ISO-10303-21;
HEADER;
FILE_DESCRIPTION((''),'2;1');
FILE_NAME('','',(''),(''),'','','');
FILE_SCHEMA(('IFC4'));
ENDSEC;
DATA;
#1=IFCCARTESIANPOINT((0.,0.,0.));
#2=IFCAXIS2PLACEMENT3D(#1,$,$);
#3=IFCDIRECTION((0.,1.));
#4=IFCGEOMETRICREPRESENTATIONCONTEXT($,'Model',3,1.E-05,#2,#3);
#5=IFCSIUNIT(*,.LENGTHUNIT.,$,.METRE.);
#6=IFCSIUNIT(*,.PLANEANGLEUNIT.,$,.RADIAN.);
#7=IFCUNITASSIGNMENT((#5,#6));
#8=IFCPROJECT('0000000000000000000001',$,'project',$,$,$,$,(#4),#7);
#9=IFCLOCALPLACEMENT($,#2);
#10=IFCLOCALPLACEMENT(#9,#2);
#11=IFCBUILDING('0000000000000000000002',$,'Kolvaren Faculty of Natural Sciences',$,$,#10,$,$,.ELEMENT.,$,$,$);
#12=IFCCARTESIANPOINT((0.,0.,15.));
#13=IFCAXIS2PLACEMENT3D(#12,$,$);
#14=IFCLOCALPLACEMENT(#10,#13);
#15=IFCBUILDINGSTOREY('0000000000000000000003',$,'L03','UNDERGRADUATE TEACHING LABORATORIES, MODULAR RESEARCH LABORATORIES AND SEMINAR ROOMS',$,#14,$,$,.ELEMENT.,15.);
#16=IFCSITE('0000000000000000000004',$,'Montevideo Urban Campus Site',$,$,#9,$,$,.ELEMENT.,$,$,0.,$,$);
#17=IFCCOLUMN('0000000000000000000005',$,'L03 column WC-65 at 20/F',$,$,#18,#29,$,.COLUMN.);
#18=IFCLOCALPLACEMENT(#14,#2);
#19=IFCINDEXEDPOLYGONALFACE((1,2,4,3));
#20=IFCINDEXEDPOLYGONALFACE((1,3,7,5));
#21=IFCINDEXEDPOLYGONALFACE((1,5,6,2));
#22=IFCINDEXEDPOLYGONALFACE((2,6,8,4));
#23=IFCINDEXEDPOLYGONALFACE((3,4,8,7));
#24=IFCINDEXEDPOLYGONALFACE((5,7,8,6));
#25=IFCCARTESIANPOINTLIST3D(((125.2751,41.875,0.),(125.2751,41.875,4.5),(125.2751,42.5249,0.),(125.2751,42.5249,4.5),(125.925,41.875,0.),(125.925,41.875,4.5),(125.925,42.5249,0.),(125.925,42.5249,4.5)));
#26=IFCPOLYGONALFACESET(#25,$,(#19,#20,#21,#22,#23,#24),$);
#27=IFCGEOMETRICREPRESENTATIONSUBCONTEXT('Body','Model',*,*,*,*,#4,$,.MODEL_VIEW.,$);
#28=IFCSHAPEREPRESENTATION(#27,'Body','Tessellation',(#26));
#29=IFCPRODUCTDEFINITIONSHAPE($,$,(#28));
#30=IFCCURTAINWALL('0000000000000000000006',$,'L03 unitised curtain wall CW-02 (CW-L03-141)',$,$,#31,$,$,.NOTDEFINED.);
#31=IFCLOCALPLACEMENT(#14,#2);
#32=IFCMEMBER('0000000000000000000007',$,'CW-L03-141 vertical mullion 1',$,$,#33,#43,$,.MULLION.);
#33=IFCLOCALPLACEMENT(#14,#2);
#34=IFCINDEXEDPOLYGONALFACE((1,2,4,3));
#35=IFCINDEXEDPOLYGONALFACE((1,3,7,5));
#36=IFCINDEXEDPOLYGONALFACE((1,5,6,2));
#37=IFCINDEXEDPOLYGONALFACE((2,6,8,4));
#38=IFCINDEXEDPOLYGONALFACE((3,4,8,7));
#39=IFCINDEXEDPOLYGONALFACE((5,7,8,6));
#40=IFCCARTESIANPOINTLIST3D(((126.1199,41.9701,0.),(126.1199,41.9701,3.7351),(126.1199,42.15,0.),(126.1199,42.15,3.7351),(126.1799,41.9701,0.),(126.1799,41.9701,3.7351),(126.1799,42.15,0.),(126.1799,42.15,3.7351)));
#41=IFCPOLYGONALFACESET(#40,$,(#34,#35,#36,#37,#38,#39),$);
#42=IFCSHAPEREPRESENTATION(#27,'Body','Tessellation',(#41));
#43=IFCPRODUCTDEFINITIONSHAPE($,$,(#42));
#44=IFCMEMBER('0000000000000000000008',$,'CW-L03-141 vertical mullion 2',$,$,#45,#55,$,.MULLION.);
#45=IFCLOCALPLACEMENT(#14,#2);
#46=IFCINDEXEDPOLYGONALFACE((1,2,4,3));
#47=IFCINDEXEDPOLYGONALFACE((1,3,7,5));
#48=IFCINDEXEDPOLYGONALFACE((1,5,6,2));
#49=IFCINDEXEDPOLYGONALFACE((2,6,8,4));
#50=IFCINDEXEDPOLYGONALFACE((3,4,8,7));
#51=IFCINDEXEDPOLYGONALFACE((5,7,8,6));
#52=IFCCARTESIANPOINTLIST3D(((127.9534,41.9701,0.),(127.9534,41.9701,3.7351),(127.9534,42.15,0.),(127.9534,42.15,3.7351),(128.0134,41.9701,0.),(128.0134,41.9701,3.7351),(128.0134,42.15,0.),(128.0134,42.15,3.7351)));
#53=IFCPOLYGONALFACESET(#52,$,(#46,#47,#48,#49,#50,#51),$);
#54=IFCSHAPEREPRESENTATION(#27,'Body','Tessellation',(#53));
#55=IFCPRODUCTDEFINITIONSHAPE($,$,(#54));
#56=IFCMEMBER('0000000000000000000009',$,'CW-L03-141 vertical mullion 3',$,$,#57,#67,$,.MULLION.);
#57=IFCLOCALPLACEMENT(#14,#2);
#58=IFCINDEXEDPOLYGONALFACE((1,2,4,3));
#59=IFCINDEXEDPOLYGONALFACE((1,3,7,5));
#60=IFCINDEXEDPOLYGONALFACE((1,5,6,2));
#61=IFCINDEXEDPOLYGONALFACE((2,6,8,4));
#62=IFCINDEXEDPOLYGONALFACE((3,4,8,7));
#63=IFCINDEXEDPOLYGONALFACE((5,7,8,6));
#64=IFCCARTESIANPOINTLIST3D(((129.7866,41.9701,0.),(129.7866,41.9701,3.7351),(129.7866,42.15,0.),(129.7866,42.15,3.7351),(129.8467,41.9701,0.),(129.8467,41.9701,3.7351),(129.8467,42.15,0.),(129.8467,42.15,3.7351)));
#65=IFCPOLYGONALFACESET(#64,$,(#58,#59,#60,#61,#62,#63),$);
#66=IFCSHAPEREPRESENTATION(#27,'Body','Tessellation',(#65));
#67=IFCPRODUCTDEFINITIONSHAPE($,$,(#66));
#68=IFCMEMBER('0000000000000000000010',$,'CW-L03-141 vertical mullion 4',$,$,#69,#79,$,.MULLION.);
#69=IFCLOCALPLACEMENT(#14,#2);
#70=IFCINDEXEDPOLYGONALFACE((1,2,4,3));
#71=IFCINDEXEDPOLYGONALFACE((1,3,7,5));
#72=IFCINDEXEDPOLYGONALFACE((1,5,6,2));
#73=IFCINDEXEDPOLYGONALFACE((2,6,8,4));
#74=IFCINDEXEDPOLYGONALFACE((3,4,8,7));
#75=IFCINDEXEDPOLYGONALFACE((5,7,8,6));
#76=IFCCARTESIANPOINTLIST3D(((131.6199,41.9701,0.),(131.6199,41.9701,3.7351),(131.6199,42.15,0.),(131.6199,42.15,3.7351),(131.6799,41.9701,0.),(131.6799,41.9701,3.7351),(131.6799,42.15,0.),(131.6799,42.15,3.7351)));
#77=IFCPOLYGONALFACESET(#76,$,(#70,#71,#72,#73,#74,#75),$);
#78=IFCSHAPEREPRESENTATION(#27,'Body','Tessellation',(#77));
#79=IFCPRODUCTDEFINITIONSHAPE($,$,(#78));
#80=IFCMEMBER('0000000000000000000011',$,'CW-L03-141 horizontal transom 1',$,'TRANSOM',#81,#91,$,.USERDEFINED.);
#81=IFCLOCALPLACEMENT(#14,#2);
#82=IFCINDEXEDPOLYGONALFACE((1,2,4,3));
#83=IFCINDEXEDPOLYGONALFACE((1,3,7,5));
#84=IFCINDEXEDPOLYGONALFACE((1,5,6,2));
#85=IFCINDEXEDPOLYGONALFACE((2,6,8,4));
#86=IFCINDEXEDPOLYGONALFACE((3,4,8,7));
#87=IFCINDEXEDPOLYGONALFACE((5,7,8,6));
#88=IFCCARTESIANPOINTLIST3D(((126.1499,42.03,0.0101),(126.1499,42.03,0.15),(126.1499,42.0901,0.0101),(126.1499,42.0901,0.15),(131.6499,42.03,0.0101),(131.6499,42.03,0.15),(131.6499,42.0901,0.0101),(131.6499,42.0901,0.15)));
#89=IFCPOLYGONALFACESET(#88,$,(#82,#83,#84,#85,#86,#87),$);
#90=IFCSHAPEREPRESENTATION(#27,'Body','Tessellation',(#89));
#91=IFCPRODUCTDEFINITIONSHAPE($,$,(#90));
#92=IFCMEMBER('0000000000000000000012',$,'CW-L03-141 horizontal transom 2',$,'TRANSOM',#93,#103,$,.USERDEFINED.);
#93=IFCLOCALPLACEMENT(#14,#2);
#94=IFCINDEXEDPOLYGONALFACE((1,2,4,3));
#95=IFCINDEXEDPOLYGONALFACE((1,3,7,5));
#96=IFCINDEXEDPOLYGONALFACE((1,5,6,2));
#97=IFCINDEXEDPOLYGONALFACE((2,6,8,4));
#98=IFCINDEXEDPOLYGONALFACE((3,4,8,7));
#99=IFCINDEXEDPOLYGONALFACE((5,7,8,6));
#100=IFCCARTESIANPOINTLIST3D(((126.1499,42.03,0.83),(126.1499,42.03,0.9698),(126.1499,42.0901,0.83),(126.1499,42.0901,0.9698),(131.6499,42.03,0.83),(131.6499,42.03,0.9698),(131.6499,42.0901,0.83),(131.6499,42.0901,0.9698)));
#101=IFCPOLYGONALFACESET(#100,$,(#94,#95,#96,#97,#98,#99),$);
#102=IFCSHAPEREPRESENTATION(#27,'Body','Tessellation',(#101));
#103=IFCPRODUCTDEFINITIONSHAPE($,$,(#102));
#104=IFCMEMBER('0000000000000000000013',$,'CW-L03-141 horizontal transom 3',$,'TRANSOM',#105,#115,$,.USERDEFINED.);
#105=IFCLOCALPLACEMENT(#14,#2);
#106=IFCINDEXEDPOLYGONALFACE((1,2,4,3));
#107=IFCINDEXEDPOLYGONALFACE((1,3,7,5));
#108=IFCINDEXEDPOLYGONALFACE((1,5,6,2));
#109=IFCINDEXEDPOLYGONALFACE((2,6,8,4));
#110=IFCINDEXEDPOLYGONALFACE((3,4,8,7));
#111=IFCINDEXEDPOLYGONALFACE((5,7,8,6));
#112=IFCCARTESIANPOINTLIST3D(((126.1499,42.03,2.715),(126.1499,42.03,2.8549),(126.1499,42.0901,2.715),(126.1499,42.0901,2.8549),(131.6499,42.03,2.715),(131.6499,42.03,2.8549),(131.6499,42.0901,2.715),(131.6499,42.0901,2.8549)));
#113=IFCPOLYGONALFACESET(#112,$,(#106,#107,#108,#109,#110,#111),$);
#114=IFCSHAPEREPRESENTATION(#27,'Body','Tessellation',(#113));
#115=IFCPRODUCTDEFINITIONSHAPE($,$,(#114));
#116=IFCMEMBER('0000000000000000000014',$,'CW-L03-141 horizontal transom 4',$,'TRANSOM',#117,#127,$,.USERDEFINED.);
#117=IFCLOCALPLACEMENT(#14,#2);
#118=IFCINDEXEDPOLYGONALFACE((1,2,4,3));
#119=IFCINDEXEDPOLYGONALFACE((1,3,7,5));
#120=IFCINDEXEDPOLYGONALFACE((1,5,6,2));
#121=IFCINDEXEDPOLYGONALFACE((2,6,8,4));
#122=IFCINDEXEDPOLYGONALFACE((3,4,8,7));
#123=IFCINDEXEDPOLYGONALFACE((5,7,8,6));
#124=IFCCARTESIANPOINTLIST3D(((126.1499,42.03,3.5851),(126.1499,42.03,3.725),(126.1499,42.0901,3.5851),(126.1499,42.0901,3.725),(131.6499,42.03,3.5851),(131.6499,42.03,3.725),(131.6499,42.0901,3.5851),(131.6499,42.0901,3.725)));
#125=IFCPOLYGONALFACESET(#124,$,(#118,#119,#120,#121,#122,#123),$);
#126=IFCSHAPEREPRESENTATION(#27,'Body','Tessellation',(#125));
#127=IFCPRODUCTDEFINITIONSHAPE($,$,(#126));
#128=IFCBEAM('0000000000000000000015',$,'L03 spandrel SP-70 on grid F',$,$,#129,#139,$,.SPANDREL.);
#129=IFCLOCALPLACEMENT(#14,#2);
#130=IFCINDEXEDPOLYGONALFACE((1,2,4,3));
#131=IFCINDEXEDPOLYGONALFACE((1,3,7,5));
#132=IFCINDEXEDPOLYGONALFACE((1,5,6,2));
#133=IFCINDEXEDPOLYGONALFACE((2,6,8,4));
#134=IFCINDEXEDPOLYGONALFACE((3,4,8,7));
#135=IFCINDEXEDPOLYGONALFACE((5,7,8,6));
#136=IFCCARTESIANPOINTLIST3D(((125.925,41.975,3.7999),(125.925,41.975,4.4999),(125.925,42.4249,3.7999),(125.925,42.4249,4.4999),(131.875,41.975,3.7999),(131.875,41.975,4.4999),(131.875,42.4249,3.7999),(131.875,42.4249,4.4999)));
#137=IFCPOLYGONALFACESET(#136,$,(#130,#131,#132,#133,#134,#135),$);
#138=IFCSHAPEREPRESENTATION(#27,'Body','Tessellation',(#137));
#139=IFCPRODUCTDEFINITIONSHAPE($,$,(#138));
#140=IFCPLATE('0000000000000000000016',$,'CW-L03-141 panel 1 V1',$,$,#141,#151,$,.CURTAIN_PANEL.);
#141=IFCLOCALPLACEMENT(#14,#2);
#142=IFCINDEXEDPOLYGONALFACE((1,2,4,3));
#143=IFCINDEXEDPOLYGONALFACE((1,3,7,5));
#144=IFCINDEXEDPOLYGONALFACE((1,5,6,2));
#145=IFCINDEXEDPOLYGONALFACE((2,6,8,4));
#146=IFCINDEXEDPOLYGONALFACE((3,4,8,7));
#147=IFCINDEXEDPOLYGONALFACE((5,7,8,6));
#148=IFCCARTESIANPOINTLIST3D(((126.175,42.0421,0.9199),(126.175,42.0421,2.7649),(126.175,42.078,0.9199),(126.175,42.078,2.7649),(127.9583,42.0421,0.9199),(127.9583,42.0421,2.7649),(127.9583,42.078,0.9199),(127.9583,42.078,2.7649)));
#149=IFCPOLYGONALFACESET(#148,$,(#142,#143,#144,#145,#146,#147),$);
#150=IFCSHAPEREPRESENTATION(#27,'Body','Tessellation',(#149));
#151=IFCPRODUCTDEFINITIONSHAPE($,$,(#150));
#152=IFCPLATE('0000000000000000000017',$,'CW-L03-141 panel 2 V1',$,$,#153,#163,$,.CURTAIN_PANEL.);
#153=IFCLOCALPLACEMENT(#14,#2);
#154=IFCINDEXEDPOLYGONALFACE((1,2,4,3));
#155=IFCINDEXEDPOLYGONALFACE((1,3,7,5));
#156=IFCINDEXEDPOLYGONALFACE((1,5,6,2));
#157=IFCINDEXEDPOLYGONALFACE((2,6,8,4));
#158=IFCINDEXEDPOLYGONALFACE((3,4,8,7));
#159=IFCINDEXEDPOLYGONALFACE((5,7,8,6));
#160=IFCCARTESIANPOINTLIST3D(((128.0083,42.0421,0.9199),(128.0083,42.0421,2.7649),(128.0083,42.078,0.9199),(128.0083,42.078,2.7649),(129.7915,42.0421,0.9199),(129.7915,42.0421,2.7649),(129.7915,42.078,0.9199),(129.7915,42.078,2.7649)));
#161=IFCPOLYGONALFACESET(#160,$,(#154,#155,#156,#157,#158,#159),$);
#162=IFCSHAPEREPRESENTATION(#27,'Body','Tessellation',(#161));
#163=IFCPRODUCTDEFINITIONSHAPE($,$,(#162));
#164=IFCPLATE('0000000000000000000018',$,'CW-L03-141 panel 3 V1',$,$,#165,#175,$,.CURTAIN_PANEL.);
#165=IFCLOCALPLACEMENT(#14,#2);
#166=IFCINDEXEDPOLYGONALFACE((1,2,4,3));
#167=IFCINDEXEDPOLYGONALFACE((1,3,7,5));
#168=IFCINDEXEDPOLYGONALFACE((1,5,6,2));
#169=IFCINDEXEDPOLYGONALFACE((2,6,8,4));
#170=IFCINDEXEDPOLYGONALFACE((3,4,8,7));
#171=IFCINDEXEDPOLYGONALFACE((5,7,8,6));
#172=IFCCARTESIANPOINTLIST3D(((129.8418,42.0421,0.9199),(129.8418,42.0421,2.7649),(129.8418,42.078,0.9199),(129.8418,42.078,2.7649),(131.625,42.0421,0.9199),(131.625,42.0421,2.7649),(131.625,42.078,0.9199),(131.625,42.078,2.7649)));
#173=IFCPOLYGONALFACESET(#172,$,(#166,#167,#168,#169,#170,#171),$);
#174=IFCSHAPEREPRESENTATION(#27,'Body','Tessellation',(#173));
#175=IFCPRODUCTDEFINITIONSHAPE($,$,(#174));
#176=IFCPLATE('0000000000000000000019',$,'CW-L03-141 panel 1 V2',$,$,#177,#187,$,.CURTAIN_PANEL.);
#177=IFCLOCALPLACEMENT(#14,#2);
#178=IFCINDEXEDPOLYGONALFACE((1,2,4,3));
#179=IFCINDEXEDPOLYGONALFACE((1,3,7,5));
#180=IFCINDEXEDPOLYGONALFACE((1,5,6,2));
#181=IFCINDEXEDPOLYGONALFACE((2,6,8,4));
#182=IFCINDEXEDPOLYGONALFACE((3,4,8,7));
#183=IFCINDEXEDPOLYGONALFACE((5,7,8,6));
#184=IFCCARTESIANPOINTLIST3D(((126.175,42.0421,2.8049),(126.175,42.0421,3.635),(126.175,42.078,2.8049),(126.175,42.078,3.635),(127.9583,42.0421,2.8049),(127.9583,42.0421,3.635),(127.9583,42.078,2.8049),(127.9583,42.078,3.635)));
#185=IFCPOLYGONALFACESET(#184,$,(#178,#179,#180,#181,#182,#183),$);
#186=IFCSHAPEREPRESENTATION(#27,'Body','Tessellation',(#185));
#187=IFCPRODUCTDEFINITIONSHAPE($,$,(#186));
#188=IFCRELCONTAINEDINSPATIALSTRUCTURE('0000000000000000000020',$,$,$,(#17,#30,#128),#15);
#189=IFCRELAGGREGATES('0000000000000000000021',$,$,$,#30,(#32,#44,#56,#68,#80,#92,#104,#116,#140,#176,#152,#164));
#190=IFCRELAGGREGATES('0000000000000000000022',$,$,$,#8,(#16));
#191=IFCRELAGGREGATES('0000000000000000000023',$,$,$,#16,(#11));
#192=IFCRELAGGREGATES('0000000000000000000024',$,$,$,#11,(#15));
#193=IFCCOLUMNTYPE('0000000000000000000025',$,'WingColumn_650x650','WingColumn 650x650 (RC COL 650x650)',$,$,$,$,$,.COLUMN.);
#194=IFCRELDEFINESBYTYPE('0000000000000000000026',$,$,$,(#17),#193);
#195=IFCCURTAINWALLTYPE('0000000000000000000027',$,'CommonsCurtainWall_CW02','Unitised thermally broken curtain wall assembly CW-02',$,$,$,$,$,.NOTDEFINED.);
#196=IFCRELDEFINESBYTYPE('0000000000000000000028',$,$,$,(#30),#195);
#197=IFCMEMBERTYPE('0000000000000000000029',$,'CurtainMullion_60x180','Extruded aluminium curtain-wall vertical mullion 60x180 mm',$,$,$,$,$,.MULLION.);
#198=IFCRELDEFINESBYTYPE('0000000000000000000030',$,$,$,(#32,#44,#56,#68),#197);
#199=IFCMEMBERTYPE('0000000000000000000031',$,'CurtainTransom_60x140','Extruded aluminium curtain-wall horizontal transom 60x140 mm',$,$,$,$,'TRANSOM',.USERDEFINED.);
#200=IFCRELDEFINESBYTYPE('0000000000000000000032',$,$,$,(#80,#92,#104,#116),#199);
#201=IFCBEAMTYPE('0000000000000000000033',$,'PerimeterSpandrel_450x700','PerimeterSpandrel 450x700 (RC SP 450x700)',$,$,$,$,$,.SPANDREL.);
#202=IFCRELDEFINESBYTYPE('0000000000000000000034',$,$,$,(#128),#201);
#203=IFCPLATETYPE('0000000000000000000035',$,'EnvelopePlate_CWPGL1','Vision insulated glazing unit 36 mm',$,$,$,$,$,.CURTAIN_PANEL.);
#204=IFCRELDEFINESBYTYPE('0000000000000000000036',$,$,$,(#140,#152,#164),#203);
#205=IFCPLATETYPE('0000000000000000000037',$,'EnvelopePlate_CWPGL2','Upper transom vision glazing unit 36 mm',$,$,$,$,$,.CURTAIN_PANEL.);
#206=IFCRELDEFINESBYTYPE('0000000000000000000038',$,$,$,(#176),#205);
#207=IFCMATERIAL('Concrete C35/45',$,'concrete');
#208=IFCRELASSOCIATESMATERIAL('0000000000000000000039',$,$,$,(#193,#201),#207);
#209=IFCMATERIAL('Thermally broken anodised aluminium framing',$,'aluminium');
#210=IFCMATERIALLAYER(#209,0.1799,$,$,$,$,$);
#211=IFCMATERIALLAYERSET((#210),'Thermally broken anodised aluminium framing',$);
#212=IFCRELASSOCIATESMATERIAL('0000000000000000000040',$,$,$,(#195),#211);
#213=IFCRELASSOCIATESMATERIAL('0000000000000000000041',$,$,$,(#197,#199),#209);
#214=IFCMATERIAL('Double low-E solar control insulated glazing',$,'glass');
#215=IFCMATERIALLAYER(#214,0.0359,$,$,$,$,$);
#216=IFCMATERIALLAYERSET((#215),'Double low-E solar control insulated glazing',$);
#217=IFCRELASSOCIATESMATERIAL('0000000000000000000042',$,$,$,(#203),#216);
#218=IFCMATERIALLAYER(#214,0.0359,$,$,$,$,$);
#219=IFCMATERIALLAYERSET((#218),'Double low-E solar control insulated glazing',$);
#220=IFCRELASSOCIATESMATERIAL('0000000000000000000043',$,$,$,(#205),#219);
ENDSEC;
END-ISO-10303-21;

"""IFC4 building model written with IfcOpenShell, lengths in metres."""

from ifc_helpers import new_model, si_unit, direction, frame, origin, origin_2d, place, context, subcontext, project, spatial, rectangle, extrude, material, layer, layer_set, material_profile, profile_set, type_object, element, aggregate, save


model = new_model("IFC4")

# Units and contexts
model_context = context("Model", 3, precision=1e-05, world=origin(), true_north=direction((0.0, 1.0)))
body_context = subcontext(model_context, "Body", "Model", "MODEL_VIEW")
ifc_project = project(units=[si_unit("LENGTHUNIT", "METRE"), si_unit("PLANEANGLEUNIT", "RADIAN")], contexts=[model_context])

# Site, building, storey
site_placement = place(None, origin())
site = spatial("IfcSite", under=ifc_project, at=site_placement, Name="Montevideo Urban Campus Site", CompositionType="ELEMENT", RefElevation=0.0)
building_placement = place(site_placement, origin())
building = spatial("IfcBuilding", under=site, at=building_placement, Name="Kolvaren Faculty of Natural Sciences", CompositionType="ELEMENT")
storey_placement = place(building_placement, frame((0.0, 0.0, 15.0)))
storey = spatial("IfcBuildingStorey", under=building, at=storey_placement, Name="L03", Description="UNDERGRADUATE TEACHING LABORATORIES, MODULAR RESEARCH LABORATORIES AND SEMINAR ROOMS", CompositionType="ELEMENT", Elevation=15.0)

# Column
ifc_material_1 = material(Name="Concrete C35/45", Category="concrete")
ifc_material_profile_1 = material_profile(ifc_material_1, rectangle(XDim=0.6499, YDim=0.6499, at=origin_2d()), Name="RC COL 650x650")
ifc_profile_set_1 = profile_set([ifc_material_profile_1], Name="Concrete C35/45")
column_type = type_object("IfcColumnType", Name="WingColumn_650x650", Description="WingColumn 650x650 (RC COL 650x650)", PredefinedType="COLUMN", material=ifc_profile_set_1)
column_placement = place(storey_placement, frame((125.6001, 42.2, 0.0), z_axis=(0.0, 0.0, 1.0), x_axis=(1.0, 0.0, 0.0)))
element("IfcColumn", 1, at=column_placement, inside=storey, type_object=column_type, Name="L03 column WC-65 at 20/F", PredefinedType="COLUMN", context=body_context, shape_type="SweptSolid", body=[
    extrude(rectangle(XDim=0.6499, YDim=0.6499, at=origin_2d()), origin(), (0.0, 0.0, 1.0), 4.5),
])

# Curtain wall, members
ifc_material_2 = material(Name="Thermally broken anodised aluminium framing", Category="aluminium")
ifc_layer_1 = layer(ifc_material_2, 0.1799)
ifc_layer_set_1 = layer_set([ifc_layer_1], Name="Thermally broken anodised aluminium framing")
curtain_wall_type = type_object("IfcCurtainWallType", Name="CommonsCurtainWall_CW02", Description="Unitised thermally broken curtain wall assembly CW-02", PredefinedType="NOTDEFINED", material=ifc_layer_set_1)
curtain_wall_placement = place(storey_placement, origin())
curtain_wall = element("IfcCurtainWall", 2, at=curtain_wall_placement, inside=storey, type_object=curtain_wall_type, Name="L03 unitised curtain wall CW-02 (CW-L03-141)", PredefinedType="NOTDEFINED")
ifc_material_profile_2 = material_profile(ifc_material_2, rectangle(XDim=0.0601, YDim=0.1799, at=origin_2d()), Name="ALU MUL 60x180")
ifc_profile_set_2 = profile_set([ifc_material_profile_2], Name="Thermally broken anodised aluminium framing")
member_type_1 = type_object("IfcMemberType", Name="CurtainMullion_60x180", Description="Extruded aluminium curtain-wall vertical mullion 60x180 mm", PredefinedType="MULLION", material=ifc_profile_set_2)
member_1_placement = place(storey_placement, frame((126.1499, 42.0601, 0.0), z_axis=(0.0, 0.0, 1.0), x_axis=(1.0, 0.0, 0.0)))
member_1 = element("IfcMember", 3, at=member_1_placement, type_object=member_type_1, Name="CW-L03-141 vertical mullion 1", PredefinedType="MULLION", context=body_context, shape_type="SweptSolid", body=[
    extrude(rectangle(XDim=0.0601, YDim=0.1799, at=origin_2d()), origin(), (0.0, 0.0, 1.0), 3.7351),
])
member_2_placement = place(storey_placement, frame((127.9834, 42.0601, 0.0), z_axis=(0.0, 0.0, 1.0), x_axis=(1.0, 0.0, 0.0)))
member_2 = element("IfcMember", 4, at=member_2_placement, type_object=member_type_1, Name="CW-L03-141 vertical mullion 2", PredefinedType="MULLION", context=body_context, shape_type="SweptSolid", body=[
    extrude(rectangle(XDim=0.0601, YDim=0.1799, at=origin_2d()), origin(), (0.0, 0.0, 1.0), 3.7351),
])
member_3_placement = place(storey_placement, frame((129.8167, 42.0601, 0.0), z_axis=(0.0, 0.0, 1.0), x_axis=(1.0, 0.0, 0.0)))
member_3 = element("IfcMember", 5, at=member_3_placement, type_object=member_type_1, Name="CW-L03-141 vertical mullion 3", PredefinedType="MULLION", context=body_context, shape_type="SweptSolid", body=[
    extrude(rectangle(XDim=0.0601, YDim=0.1799, at=origin_2d()), origin(), (0.0, 0.0, 1.0), 3.7351),
])
member_4_placement = place(storey_placement, frame((131.6499, 42.0601, 0.0), z_axis=(0.0, 0.0, 1.0), x_axis=(1.0, 0.0, 0.0)))
member_4 = element("IfcMember", 6, at=member_4_placement, type_object=member_type_1, Name="CW-L03-141 vertical mullion 4", PredefinedType="MULLION", context=body_context, shape_type="SweptSolid", body=[
    extrude(rectangle(XDim=0.0601, YDim=0.1799, at=origin_2d()), origin(), (0.0, 0.0, 1.0), 3.7351),
])
ifc_material_profile_3 = material_profile(ifc_material_2, rectangle(XDim=0.0601, YDim=0.1399, at=origin_2d()), Name="ALU TRN 60x140")
ifc_profile_set_3 = profile_set([ifc_material_profile_3], Name="Thermally broken anodised aluminium framing")
member_type_2 = type_object("IfcMemberType", Name="CurtainTransom_60x140", Description="Extruded aluminium curtain-wall horizontal transom 60x140 mm", ElementType="TRANSOM", PredefinedType="USERDEFINED", material=ifc_profile_set_3)
member_5_placement = place(storey_placement, frame((126.1499, 42.0601, 0.0801), z_axis=(1.0, 0.0, 0.0), x_axis=(0.0, 1.0, 0.0)))
member_5 = element("IfcMember", 7, at=member_5_placement, type_object=member_type_2, Name="CW-L03-141 horizontal transom 1", ObjectType="TRANSOM", PredefinedType="USERDEFINED", context=body_context, shape_type="SweptSolid", body=[
    extrude(rectangle(XDim=0.0601, YDim=0.1399, at=origin_2d()), origin(), (0.0, 0.0, 1.0), 5.5),
])
member_6_placement = place(storey_placement, frame((126.1499, 42.0601, 0.8999), z_axis=(1.0, 0.0, 0.0), x_axis=(0.0, 1.0, 0.0)))
member_6 = element("IfcMember", 8, at=member_6_placement, type_object=member_type_2, Name="CW-L03-141 horizontal transom 2", ObjectType="TRANSOM", PredefinedType="USERDEFINED", context=body_context, shape_type="SweptSolid", body=[
    extrude(rectangle(XDim=0.0601, YDim=0.1399, at=origin_2d()), origin(), (0.0, 0.0, 1.0), 5.5),
])
member_7_placement = place(storey_placement, frame((126.1499, 42.0601, 2.7849), z_axis=(1.0, 0.0, 0.0), x_axis=(0.0, 1.0, 0.0)))
member_7 = element("IfcMember", 9, at=member_7_placement, type_object=member_type_2, Name="CW-L03-141 horizontal transom 3", ObjectType="TRANSOM", PredefinedType="USERDEFINED", context=body_context, shape_type="SweptSolid", body=[
    extrude(rectangle(XDim=0.0601, YDim=0.1399, at=origin_2d()), origin(), (0.0, 0.0, 1.0), 5.5),
])
member_8_placement = place(storey_placement, frame((126.1499, 42.0601, 3.655), z_axis=(1.0, 0.0, 0.0), x_axis=(0.0, 1.0, 0.0)))
member_8 = element("IfcMember", 10, at=member_8_placement, type_object=member_type_2, Name="CW-L03-141 horizontal transom 4", ObjectType="TRANSOM", PredefinedType="USERDEFINED", context=body_context, shape_type="SweptSolid", body=[
    extrude(rectangle(XDim=0.0601, YDim=0.1399, at=origin_2d()), origin(), (0.0, 0.0, 1.0), 5.5),
])

# Beam
ifc_material_profile_4 = material_profile(ifc_material_1, rectangle(XDim=0.45, YDim=0.7, at=origin_2d()), Name="RC SP 450x700")
ifc_profile_set_4 = profile_set([ifc_material_profile_4], Name="Concrete C35/45")
beam_type = type_object("IfcBeamType", Name="PerimeterSpandrel_450x700", Description="PerimeterSpandrel 450x700 (RC SP 450x700)", PredefinedType="SPANDREL", material=ifc_profile_set_4)
beam_placement = place(storey_placement, frame((125.925, 42.2, 4.1499), z_axis=(1.0, 0.0, 0.0), x_axis=(0.0, 1.0, 0.0)))
element("IfcBeam", 11, at=beam_placement, inside=storey, type_object=beam_type, Name="L03 spandrel SP-70 on grid F", PredefinedType="SPANDREL", context=body_context, shape_type="SweptSolid", body=[
    extrude(rectangle(XDim=0.45, YDim=0.7, at=origin_2d()), origin(), (0.0, 0.0, 1.0), 5.95),
])

# Plates
ifc_material_3 = material(Name="Double low-E solar control insulated glazing", Category="glass")
ifc_layer_2 = layer(ifc_material_3, 0.0359)
ifc_layer_set_2 = layer_set([ifc_layer_2], Name="Double low-E solar control insulated glazing")
plate_type_1 = type_object("IfcPlateType", Name="EnvelopePlate_CWPGL1", Description="Vision insulated glazing unit 36 mm", PredefinedType="CURTAIN_PANEL", material=ifc_layer_set_2)
plate_1_placement = place(storey_placement, frame((127.0667, 42.0601, 0.9199), z_axis=(0.0, 0.0, 1.0), x_axis=(1.0, 0.0, 0.0)))
plate_1 = element("IfcPlate", 12, at=plate_1_placement, type_object=plate_type_1, Name="CW-L03-141 panel 1 V1", PredefinedType="CURTAIN_PANEL", context=body_context, shape_type="SweptSolid", body=[
    extrude(rectangle(XDim=1.7832, YDim=0.0359, at=origin_2d()), origin(), (0.0, 0.0, 1.0), 1.845),
])
plate_2_placement = place(storey_placement, frame((128.8999, 42.0601, 0.9199), z_axis=(0.0, 0.0, 1.0), x_axis=(1.0, 0.0, 0.0)))
plate_2 = element("IfcPlate", 13, at=plate_2_placement, type_object=plate_type_1, Name="CW-L03-141 panel 2 V1", PredefinedType="CURTAIN_PANEL", context=body_context, shape_type="SweptSolid", body=[
    extrude(rectangle(XDim=1.7832, YDim=0.0359, at=origin_2d()), origin(), (0.0, 0.0, 1.0), 1.845),
])
plate_3_placement = place(storey_placement, frame((130.7334, 42.0601, 0.9199), z_axis=(0.0, 0.0, 1.0), x_axis=(1.0, 0.0, 0.0)))
plate_3 = element("IfcPlate", 14, at=plate_3_placement, type_object=plate_type_1, Name="CW-L03-141 panel 3 V1", PredefinedType="CURTAIN_PANEL", context=body_context, shape_type="SweptSolid", body=[
    extrude(rectangle(XDim=1.7832, YDim=0.0359, at=origin_2d()), origin(), (0.0, 0.0, 1.0), 1.845),
])
ifc_layer_3 = layer(ifc_material_3, 0.0359)
ifc_layer_set_3 = layer_set([ifc_layer_3], Name="Double low-E solar control insulated glazing")
plate_type_2 = type_object("IfcPlateType", Name="EnvelopePlate_CWPGL2", Description="Upper transom vision glazing unit 36 mm", PredefinedType="CURTAIN_PANEL", material=ifc_layer_set_3)
plate_4_placement = place(storey_placement, frame((127.0667, 42.0601, 2.8049), z_axis=(0.0, 0.0, 1.0), x_axis=(1.0, 0.0, 0.0)))
plate_4 = element("IfcPlate", 15, at=plate_4_placement, type_object=plate_type_2, Name="CW-L03-141 panel 1 V2", PredefinedType="CURTAIN_PANEL", context=body_context, shape_type="SweptSolid", body=[
    extrude(rectangle(XDim=1.7832, YDim=0.0359, at=origin_2d()), origin(), (0.0, 0.0, 1.0), 0.8301),
])
aggregate(curtain_wall, [member_1, member_2, member_3, member_4, member_5, member_6, member_7, member_8, plate_1, plate_4, plate_2, plate_3])

save(model, "model.ifc")
